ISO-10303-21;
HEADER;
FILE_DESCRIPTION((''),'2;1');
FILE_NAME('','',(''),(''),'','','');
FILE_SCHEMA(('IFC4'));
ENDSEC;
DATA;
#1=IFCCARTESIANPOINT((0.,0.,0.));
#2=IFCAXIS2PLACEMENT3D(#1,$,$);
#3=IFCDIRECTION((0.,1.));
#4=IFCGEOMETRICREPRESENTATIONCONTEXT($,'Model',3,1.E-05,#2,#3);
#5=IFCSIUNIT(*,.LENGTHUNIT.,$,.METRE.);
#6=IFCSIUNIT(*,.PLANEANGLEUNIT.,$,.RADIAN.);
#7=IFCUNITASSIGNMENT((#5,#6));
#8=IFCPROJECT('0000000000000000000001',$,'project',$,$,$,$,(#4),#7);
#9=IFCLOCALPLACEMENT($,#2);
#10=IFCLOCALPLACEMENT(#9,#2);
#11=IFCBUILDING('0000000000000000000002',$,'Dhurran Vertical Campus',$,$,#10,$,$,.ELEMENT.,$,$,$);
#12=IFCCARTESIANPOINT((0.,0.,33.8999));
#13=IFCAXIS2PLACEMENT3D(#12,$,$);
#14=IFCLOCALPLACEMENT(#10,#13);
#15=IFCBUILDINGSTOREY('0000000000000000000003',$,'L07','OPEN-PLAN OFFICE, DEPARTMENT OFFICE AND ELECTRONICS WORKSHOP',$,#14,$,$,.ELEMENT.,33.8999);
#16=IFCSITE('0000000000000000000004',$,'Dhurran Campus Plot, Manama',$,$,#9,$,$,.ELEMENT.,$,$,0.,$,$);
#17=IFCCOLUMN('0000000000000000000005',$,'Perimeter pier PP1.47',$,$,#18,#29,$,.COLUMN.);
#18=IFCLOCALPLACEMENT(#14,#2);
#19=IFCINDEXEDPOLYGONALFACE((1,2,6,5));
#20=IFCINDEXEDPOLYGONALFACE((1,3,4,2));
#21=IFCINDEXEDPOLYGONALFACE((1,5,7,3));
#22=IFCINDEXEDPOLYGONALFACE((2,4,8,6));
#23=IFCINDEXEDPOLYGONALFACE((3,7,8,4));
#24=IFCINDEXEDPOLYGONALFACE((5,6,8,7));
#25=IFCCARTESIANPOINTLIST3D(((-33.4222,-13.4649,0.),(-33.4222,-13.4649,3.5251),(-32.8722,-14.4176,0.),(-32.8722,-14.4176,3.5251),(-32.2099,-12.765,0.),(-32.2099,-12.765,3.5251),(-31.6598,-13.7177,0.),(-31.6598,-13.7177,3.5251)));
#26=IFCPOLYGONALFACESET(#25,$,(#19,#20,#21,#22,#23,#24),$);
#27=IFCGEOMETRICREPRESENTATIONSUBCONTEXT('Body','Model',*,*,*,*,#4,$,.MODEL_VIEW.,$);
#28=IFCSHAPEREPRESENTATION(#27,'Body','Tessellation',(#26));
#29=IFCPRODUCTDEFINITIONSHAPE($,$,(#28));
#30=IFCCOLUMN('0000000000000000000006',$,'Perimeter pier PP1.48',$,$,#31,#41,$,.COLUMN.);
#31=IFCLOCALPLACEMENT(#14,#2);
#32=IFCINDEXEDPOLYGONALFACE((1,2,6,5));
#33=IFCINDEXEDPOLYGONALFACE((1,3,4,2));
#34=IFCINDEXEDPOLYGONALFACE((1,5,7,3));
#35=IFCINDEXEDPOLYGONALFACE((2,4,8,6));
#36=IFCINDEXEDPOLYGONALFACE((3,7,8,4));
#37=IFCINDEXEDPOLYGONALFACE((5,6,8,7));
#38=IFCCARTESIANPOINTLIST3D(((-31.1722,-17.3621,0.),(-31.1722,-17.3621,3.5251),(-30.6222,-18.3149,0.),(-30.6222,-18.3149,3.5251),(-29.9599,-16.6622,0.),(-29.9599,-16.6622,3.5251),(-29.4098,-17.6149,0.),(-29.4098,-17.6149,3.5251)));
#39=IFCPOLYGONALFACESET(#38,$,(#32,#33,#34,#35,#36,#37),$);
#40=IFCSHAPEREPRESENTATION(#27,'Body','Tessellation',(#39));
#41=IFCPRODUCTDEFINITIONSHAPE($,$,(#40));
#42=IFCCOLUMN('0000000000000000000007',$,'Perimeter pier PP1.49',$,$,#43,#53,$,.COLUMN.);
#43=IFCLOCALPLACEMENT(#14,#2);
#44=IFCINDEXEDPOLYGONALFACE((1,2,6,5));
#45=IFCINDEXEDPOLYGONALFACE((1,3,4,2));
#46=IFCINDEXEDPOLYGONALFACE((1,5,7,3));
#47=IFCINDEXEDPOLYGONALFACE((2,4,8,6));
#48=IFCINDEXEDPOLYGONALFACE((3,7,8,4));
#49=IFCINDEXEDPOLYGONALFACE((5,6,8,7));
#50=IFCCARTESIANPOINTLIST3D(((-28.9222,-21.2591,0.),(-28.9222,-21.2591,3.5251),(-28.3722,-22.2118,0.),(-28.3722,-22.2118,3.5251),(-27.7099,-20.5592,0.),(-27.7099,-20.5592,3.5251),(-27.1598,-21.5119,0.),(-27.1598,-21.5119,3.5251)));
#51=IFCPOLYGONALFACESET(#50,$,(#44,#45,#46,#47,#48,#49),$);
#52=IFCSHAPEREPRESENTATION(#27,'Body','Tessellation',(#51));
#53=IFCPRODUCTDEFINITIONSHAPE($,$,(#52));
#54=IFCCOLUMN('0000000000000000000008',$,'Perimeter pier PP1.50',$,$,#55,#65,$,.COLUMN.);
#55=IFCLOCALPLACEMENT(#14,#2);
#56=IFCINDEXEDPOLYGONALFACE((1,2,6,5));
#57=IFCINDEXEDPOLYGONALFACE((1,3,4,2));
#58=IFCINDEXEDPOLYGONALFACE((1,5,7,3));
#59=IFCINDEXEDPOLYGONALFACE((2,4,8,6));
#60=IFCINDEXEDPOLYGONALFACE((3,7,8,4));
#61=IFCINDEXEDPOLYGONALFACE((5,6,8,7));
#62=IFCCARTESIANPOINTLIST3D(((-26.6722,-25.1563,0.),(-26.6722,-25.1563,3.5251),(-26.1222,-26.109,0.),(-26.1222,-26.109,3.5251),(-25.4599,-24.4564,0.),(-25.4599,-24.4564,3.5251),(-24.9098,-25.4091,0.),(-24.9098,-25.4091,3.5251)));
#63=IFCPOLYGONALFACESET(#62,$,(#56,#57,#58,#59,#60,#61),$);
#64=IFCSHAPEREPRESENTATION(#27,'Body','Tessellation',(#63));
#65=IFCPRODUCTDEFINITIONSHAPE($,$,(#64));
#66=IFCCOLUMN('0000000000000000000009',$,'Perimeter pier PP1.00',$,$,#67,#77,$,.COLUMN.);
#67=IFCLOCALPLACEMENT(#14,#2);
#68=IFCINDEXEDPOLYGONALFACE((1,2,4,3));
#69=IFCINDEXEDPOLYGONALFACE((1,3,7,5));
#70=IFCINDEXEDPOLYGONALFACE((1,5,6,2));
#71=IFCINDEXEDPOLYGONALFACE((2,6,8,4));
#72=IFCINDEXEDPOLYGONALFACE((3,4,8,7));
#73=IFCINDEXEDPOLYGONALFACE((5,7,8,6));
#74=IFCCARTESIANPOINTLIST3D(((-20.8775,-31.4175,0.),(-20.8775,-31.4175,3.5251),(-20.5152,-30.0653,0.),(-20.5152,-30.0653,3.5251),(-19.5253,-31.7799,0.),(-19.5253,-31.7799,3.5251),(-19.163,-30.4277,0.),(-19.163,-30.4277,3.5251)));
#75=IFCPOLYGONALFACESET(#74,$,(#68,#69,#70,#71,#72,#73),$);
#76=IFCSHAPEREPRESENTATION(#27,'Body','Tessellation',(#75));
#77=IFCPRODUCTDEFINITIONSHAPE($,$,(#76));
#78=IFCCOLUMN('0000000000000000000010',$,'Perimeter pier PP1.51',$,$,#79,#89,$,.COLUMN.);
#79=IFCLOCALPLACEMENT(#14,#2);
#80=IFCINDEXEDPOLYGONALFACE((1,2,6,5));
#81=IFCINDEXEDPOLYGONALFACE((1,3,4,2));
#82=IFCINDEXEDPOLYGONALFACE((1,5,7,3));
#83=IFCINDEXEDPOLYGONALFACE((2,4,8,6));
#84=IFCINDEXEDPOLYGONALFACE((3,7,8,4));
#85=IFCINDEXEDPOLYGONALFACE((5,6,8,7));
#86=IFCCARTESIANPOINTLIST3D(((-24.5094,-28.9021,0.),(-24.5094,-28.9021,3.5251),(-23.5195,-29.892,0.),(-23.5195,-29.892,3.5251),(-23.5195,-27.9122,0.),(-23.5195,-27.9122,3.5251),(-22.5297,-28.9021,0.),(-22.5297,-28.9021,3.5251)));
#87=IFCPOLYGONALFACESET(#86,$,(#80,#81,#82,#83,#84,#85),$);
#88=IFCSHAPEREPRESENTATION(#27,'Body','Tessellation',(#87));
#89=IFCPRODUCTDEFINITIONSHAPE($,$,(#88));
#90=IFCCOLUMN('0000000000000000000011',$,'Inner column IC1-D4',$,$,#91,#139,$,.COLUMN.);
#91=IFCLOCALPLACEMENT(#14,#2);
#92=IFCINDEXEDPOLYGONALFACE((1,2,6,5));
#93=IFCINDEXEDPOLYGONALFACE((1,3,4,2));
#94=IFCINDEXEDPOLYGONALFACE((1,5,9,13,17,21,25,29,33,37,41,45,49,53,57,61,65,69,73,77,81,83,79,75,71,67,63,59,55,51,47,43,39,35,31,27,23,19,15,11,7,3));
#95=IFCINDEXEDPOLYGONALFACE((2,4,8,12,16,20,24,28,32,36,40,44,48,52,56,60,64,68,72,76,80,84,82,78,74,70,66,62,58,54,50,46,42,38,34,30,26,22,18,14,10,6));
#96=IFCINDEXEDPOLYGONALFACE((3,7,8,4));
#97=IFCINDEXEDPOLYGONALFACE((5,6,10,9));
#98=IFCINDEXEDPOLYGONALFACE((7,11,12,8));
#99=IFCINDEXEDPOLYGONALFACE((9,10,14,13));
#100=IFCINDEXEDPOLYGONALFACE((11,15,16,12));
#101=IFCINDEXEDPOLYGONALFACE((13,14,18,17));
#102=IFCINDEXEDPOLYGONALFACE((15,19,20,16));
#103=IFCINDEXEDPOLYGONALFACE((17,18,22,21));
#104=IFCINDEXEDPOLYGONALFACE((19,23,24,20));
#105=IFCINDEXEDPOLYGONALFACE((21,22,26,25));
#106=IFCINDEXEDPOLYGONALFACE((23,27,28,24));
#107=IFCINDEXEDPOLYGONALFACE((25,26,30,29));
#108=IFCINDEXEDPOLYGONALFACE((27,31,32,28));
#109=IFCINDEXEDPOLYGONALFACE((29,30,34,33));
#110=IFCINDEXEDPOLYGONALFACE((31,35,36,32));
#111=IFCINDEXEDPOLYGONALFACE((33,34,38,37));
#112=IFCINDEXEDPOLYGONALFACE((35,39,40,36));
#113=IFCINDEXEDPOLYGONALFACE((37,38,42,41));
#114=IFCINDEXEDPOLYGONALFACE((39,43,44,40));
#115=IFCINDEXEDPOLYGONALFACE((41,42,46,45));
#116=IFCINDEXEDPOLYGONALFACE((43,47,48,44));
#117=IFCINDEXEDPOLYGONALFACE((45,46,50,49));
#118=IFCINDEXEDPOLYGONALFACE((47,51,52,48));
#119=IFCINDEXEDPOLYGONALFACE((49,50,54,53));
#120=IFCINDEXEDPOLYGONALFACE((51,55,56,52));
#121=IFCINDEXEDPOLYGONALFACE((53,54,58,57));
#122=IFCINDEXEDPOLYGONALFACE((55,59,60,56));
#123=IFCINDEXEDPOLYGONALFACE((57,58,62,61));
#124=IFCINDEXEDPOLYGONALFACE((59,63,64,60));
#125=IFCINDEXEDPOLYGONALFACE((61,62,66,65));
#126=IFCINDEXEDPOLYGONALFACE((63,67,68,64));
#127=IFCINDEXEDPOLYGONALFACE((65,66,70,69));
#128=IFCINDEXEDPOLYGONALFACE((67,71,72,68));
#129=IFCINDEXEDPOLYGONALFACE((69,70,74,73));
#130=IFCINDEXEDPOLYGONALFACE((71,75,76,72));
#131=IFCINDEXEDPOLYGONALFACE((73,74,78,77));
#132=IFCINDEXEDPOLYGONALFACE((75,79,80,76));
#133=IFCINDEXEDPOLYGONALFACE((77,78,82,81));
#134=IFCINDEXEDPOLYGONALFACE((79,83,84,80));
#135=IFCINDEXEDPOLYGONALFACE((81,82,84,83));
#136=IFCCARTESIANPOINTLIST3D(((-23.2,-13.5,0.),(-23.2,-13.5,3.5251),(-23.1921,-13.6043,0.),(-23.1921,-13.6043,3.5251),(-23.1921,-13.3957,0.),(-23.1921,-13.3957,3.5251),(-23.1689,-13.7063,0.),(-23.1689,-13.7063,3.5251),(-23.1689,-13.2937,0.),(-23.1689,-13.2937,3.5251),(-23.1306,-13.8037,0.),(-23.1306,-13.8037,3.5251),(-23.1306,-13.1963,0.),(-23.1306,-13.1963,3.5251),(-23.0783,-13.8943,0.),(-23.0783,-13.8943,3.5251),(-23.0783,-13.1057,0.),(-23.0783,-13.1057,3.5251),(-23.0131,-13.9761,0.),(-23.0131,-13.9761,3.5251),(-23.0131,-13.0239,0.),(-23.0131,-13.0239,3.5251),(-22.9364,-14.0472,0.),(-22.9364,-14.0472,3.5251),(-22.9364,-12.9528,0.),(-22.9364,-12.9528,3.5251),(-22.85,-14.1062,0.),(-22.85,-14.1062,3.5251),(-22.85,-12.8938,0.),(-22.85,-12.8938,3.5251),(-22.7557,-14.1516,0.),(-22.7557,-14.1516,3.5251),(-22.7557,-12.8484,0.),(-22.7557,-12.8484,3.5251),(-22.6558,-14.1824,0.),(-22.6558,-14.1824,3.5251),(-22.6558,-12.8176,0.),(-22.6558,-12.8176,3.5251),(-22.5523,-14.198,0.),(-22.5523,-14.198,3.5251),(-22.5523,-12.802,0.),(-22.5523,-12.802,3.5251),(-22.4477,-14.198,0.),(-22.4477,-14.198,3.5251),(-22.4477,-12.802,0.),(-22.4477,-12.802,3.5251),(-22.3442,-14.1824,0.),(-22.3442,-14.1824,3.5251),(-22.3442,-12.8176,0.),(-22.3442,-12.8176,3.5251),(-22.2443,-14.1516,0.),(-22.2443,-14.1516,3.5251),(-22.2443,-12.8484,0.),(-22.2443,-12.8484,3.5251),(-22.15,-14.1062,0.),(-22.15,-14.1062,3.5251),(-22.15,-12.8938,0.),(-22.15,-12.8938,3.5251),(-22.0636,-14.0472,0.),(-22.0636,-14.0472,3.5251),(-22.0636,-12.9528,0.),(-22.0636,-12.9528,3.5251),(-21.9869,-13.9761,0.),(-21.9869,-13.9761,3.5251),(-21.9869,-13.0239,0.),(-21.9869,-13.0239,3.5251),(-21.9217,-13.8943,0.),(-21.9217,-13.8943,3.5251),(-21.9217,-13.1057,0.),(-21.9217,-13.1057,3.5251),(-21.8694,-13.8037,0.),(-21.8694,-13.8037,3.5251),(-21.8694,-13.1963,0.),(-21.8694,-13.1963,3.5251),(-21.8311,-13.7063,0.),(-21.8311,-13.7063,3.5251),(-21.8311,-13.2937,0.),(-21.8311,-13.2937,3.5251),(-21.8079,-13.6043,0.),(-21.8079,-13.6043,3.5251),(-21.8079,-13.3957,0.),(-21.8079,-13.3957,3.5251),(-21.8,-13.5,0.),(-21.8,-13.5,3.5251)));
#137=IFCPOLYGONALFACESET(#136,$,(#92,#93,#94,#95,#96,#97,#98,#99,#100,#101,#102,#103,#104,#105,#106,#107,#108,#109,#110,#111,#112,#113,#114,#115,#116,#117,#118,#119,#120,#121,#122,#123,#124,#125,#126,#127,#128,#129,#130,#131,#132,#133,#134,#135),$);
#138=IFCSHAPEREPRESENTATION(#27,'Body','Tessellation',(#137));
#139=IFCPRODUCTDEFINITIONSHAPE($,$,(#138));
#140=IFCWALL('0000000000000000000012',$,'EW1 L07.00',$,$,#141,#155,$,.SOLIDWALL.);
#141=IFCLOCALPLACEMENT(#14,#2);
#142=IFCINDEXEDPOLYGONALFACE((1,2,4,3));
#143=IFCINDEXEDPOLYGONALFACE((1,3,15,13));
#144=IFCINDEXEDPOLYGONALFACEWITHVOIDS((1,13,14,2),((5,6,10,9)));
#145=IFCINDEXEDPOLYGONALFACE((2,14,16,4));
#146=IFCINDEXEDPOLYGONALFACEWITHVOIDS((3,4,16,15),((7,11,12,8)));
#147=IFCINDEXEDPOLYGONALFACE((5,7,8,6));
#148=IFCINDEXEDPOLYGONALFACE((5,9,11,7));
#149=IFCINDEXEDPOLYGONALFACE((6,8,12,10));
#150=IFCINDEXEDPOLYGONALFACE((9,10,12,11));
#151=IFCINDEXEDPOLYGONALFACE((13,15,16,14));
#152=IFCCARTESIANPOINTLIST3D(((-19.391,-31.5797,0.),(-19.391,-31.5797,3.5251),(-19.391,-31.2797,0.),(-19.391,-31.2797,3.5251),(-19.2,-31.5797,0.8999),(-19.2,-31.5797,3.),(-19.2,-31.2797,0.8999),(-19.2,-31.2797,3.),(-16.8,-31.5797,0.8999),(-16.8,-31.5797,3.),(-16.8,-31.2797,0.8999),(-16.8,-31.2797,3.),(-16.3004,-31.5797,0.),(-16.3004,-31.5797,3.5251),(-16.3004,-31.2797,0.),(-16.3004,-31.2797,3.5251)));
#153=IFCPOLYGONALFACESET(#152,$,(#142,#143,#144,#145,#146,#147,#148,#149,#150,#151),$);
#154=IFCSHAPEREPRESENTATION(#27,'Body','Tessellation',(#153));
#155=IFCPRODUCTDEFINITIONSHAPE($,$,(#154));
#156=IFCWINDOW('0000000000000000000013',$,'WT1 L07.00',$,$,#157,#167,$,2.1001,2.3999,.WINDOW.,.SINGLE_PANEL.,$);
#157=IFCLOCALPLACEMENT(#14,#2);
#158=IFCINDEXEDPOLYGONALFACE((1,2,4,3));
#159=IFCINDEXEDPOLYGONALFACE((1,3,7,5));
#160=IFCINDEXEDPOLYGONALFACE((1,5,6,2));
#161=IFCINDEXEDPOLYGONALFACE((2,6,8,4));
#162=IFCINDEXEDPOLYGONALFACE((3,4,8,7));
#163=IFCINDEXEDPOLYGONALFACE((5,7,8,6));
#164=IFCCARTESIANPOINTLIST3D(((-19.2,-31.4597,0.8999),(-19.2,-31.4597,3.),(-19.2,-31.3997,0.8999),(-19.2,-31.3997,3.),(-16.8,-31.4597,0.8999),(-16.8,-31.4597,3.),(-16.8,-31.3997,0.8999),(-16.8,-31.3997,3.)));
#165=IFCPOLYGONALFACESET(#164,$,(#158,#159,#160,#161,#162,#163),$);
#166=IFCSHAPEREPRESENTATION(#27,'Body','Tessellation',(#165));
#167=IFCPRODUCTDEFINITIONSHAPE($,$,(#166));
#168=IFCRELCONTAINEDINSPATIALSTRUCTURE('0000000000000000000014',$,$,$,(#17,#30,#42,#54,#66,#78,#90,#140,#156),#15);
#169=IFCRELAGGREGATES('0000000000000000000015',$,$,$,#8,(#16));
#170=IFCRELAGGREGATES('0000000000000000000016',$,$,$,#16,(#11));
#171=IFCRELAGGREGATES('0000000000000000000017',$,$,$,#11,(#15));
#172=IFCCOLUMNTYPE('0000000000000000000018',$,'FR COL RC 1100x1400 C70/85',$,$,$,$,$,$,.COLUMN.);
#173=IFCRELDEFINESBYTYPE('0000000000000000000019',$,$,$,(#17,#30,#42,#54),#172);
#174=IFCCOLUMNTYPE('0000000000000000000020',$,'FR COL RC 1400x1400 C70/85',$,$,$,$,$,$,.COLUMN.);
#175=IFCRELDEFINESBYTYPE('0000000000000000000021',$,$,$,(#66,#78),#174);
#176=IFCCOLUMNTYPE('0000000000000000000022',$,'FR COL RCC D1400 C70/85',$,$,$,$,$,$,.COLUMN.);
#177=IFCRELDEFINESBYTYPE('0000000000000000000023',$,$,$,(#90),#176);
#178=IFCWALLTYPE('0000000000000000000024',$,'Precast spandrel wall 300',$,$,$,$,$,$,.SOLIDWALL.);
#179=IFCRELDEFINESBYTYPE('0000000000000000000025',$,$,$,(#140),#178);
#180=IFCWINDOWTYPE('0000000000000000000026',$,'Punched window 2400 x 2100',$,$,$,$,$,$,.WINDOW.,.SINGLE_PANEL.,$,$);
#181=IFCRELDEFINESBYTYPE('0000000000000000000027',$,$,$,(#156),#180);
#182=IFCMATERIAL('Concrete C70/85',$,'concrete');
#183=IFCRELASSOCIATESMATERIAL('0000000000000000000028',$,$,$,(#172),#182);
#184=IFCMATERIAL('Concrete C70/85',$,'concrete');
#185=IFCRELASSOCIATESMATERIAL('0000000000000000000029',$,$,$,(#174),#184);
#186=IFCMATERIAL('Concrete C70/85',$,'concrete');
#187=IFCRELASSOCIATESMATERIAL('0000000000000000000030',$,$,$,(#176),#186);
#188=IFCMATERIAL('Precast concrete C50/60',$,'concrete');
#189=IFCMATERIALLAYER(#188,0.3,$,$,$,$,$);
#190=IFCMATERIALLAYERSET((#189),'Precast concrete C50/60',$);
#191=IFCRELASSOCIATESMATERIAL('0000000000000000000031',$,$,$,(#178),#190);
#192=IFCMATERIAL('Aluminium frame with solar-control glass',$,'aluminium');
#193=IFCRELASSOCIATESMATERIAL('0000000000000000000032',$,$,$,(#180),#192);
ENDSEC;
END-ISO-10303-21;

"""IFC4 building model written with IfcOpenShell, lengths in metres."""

from ifc_helpers import new_model, si_unit, direction, frame, frame_2d, origin, origin_2d, place, context, subcontext, project, spatial, rectangle, circle, extrude, material, layer, layer_set, material_profile, profile_set, type_object, element, fill, save


model = new_model("IFC4")

# Units and contexts
model_context = context("Model", 3, precision=1e-05, world=origin(), true_north=direction((0.0, 1.0)))
body_context = subcontext(model_context, "Body", "Model", "MODEL_VIEW")
ifc_project = project(units=[si_unit("LENGTHUNIT", "METRE"), si_unit("PLANEANGLEUNIT", "RADIAN")], contexts=[model_context])

# Site, building, storey
site_placement = place(None, origin())
site = spatial("IfcSite", under=ifc_project, at=site_placement, Name="Dhurran Campus Plot, Manama", CompositionType="ELEMENT", RefElevation=0.0)
building_placement = place(site_placement, origin())
building = spatial("IfcBuilding", under=site, at=building_placement, Name="Dhurran Vertical Campus", CompositionType="ELEMENT")
storey_placement = place(building_placement, frame((0.0, 0.0, 33.8999)))
storey = spatial("IfcBuildingStorey", under=building, at=storey_placement, Name="L07", Description="OPEN-PLAN OFFICE, DEPARTMENT OFFICE AND ELECTRONICS WORKSHOP", CompositionType="ELEMENT", Elevation=33.8999)

# Columns
ifc_material_1 = material(Name="Concrete C70/85", Category="concrete")
ifc_material_profile_1 = material_profile(ifc_material_1, rectangle(XDim=1.1001, YDim=1.3999, at=origin_2d()), Name="RC 1100x1400")
ifc_profile_set_1 = profile_set([ifc_material_profile_1], Name="Concrete C70/85")
column_type_1 = type_object("IfcColumnType", Name="FR COL RC 1100x1400 C70/85", PredefinedType="COLUMN", material=ifc_profile_set_1)
for number, where, z_axis, x_axis, name in (
    (1, (-32.541, -13.5913, 0.0), (0.0, 0.0, 1.0), (0.5, -0.866025, 0.0), "Perimeter pier PP1.47"),
    (2, (-30.291, -17.4885, 0.0), (0.0, 0.0, 1.0), (0.5, -0.866025, 0.0), "Perimeter pier PP1.48"),
    (3, (-28.041, -21.3855, 0.0), (0.0, 0.0, 1.0), (0.5, -0.866025, 0.0), "Perimeter pier PP1.49"),
    (4, (-25.791, -25.2827, 0.0), (0.0, 0.0, 1.0), (0.5, -0.866025, 0.0), "Perimeter pier PP1.50"),
):
    element("IfcColumn", number, at=place(storey_placement, frame(where, z_axis=z_axis, x_axis=x_axis)), inside=storey, type_object=column_type_1, Name=name, PredefinedType="COLUMN", context=body_context, shape_type="SweptSolid", body=[
        extrude(rectangle(XDim=1.1001, YDim=1.3999, at=origin_2d()), origin(), (0.0, 0.0, 1.0), 3.5251),
    ])
ifc_material_2 = material(Name="Concrete C70/85", Category="concrete")
ifc_material_profile_2 = material_profile(ifc_material_2, rectangle(XDim=1.3999, YDim=1.3999, at=origin_2d()), Name="RC 1400x1400")
ifc_profile_set_2 = profile_set([ifc_material_profile_2], Name="Concrete C70/85")
column_type_2 = type_object("IfcColumnType", Name="FR COL RC 1400x1400 C70/85", PredefinedType="COLUMN", material=ifc_profile_set_2)
for number, where, z_axis, x_axis, name in (
    (5, (-20.0203, -30.9226, 0.0), (0.0, 0.0, 1.0), (0.965926, -0.258819, 0.0), "Perimeter pier PP1.00"),
    (6, (-23.5195, -28.9021, 0.0), (0.0, 0.0, 1.0), (0.707107, -0.707107, 0.0), "Perimeter pier PP1.51"),
):
    element("IfcColumn", number, at=place(storey_placement, frame(where, z_axis=z_axis, x_axis=x_axis)), inside=storey, type_object=column_type_2, Name=name, PredefinedType="COLUMN", context=body_context, shape_type="SweptSolid", body=[
        extrude(rectangle(XDim=1.3999, YDim=1.3999, at=origin_2d()), origin(), (0.0, 0.0, 1.0), 3.5251),
    ])
ifc_material_3 = material(Name="Concrete C70/85", Category="concrete")
ifc_material_profile_3 = material_profile(ifc_material_3, circle(Radius=0.7, at=origin_2d()), Name="RCC D1400")
ifc_profile_set_3 = profile_set([ifc_material_profile_3], Name="Concrete C70/85")
column_type_3 = type_object("IfcColumnType", Name="FR COL RCC D1400 C70/85", PredefinedType="COLUMN", material=ifc_profile_set_3)
column_placement = place(storey_placement, frame((-22.5, -13.5, 0.0), z_axis=(0.0, 0.0, 1.0), x_axis=(1.0, 0.0, 0.0)))
element("IfcColumn", 7, at=column_placement, inside=storey, type_object=column_type_3, Name="Inner column IC1-D4", PredefinedType="COLUMN", context=body_context, shape_type="SweptSolid", body=[
    extrude(circle(Radius=0.7, at=origin_2d()), origin(), (0.0, 0.0, 1.0), 3.5251),
])

# Wall, opening, window
ifc_material_4 = material(Name="Precast concrete C50/60", Category="concrete")
ifc_layer_1 = layer(ifc_material_4, 0.3)
ifc_layer_set_1 = layer_set([ifc_layer_1], Name="Precast concrete C50/60")
wall_type_1 = type_object("IfcWallType", Name="Precast spandrel wall 300", PredefinedType="SOLIDWALL", material=ifc_layer_set_1)
wall_1_placement = place(storey_placement, frame((-19.3911, -31.4297, 0.0), z_axis=(0.0, 0.0, 1.0), x_axis=(1.0, 0.0, 0.0)))
wall_1 = element("IfcWall", 8, at=wall_1_placement, inside=storey, type_object=wall_type_1, Name="EW1 L07.00", PredefinedType="SOLIDWALL", context=body_context, shape_type="SweptSolid", body=[
    extrude(rectangle(XDim=3.0906, YDim=0.3, at=frame_2d((1.5454, 0.0))), origin(), (0.0, 0.0, 1.0), 3.5251),
])
opening_1_placement = place(wall_1_placement, frame((0.1912, 0.0, 0.8999)))
opening_1 = element("IfcOpeningElement", 9, at=opening_1_placement, cuts=wall_1, PredefinedType="OPENING", context=body_context, shape_type="SweptSolid", body=[
    extrude(rectangle(XDim=2.3999, YDim=2.1001, at=frame_2d((1.2, 1.05))), frame((0.0, 0.1599, 0.0), z_axis=(0.0, -1.0, 0.0), x_axis=(1.0, 0.0, 0.0)), (0.0, 0.0, 1.0), 0.3201),
])
ifc_material_5 = material(Name="Aluminium frame with solar-control glass", Category="aluminium")
window_type = type_object("IfcWindowType", Name="Punched window 2400 x 2100", PartitioningType="SINGLE_PANEL", PredefinedType="WINDOW", material=ifc_material_5)
window_1_placement = place(opening_1_placement, origin())
window_1 = element("IfcWindow", 10, at=window_1_placement, inside=storey, type_object=window_type, Name="WT1 L07.00", OverallHeight=2.1001, OverallWidth=2.3999, PartitioningType="SINGLE_PANEL", PredefinedType="WINDOW", context=body_context, shape_type="SweptSolid", body=[
    extrude(rectangle(XDim=2.3999, YDim=2.1001, at=frame_2d((1.2, 1.05))), frame((0.0, 0.03, 0.0), z_axis=(0.0, -1.0, 0.0), x_axis=(1.0, 0.0, 0.0)), (0.0, 0.0, 1.0), 0.0601),
])
fill(opening_1, window_1)

save(model, "model.ifc")
